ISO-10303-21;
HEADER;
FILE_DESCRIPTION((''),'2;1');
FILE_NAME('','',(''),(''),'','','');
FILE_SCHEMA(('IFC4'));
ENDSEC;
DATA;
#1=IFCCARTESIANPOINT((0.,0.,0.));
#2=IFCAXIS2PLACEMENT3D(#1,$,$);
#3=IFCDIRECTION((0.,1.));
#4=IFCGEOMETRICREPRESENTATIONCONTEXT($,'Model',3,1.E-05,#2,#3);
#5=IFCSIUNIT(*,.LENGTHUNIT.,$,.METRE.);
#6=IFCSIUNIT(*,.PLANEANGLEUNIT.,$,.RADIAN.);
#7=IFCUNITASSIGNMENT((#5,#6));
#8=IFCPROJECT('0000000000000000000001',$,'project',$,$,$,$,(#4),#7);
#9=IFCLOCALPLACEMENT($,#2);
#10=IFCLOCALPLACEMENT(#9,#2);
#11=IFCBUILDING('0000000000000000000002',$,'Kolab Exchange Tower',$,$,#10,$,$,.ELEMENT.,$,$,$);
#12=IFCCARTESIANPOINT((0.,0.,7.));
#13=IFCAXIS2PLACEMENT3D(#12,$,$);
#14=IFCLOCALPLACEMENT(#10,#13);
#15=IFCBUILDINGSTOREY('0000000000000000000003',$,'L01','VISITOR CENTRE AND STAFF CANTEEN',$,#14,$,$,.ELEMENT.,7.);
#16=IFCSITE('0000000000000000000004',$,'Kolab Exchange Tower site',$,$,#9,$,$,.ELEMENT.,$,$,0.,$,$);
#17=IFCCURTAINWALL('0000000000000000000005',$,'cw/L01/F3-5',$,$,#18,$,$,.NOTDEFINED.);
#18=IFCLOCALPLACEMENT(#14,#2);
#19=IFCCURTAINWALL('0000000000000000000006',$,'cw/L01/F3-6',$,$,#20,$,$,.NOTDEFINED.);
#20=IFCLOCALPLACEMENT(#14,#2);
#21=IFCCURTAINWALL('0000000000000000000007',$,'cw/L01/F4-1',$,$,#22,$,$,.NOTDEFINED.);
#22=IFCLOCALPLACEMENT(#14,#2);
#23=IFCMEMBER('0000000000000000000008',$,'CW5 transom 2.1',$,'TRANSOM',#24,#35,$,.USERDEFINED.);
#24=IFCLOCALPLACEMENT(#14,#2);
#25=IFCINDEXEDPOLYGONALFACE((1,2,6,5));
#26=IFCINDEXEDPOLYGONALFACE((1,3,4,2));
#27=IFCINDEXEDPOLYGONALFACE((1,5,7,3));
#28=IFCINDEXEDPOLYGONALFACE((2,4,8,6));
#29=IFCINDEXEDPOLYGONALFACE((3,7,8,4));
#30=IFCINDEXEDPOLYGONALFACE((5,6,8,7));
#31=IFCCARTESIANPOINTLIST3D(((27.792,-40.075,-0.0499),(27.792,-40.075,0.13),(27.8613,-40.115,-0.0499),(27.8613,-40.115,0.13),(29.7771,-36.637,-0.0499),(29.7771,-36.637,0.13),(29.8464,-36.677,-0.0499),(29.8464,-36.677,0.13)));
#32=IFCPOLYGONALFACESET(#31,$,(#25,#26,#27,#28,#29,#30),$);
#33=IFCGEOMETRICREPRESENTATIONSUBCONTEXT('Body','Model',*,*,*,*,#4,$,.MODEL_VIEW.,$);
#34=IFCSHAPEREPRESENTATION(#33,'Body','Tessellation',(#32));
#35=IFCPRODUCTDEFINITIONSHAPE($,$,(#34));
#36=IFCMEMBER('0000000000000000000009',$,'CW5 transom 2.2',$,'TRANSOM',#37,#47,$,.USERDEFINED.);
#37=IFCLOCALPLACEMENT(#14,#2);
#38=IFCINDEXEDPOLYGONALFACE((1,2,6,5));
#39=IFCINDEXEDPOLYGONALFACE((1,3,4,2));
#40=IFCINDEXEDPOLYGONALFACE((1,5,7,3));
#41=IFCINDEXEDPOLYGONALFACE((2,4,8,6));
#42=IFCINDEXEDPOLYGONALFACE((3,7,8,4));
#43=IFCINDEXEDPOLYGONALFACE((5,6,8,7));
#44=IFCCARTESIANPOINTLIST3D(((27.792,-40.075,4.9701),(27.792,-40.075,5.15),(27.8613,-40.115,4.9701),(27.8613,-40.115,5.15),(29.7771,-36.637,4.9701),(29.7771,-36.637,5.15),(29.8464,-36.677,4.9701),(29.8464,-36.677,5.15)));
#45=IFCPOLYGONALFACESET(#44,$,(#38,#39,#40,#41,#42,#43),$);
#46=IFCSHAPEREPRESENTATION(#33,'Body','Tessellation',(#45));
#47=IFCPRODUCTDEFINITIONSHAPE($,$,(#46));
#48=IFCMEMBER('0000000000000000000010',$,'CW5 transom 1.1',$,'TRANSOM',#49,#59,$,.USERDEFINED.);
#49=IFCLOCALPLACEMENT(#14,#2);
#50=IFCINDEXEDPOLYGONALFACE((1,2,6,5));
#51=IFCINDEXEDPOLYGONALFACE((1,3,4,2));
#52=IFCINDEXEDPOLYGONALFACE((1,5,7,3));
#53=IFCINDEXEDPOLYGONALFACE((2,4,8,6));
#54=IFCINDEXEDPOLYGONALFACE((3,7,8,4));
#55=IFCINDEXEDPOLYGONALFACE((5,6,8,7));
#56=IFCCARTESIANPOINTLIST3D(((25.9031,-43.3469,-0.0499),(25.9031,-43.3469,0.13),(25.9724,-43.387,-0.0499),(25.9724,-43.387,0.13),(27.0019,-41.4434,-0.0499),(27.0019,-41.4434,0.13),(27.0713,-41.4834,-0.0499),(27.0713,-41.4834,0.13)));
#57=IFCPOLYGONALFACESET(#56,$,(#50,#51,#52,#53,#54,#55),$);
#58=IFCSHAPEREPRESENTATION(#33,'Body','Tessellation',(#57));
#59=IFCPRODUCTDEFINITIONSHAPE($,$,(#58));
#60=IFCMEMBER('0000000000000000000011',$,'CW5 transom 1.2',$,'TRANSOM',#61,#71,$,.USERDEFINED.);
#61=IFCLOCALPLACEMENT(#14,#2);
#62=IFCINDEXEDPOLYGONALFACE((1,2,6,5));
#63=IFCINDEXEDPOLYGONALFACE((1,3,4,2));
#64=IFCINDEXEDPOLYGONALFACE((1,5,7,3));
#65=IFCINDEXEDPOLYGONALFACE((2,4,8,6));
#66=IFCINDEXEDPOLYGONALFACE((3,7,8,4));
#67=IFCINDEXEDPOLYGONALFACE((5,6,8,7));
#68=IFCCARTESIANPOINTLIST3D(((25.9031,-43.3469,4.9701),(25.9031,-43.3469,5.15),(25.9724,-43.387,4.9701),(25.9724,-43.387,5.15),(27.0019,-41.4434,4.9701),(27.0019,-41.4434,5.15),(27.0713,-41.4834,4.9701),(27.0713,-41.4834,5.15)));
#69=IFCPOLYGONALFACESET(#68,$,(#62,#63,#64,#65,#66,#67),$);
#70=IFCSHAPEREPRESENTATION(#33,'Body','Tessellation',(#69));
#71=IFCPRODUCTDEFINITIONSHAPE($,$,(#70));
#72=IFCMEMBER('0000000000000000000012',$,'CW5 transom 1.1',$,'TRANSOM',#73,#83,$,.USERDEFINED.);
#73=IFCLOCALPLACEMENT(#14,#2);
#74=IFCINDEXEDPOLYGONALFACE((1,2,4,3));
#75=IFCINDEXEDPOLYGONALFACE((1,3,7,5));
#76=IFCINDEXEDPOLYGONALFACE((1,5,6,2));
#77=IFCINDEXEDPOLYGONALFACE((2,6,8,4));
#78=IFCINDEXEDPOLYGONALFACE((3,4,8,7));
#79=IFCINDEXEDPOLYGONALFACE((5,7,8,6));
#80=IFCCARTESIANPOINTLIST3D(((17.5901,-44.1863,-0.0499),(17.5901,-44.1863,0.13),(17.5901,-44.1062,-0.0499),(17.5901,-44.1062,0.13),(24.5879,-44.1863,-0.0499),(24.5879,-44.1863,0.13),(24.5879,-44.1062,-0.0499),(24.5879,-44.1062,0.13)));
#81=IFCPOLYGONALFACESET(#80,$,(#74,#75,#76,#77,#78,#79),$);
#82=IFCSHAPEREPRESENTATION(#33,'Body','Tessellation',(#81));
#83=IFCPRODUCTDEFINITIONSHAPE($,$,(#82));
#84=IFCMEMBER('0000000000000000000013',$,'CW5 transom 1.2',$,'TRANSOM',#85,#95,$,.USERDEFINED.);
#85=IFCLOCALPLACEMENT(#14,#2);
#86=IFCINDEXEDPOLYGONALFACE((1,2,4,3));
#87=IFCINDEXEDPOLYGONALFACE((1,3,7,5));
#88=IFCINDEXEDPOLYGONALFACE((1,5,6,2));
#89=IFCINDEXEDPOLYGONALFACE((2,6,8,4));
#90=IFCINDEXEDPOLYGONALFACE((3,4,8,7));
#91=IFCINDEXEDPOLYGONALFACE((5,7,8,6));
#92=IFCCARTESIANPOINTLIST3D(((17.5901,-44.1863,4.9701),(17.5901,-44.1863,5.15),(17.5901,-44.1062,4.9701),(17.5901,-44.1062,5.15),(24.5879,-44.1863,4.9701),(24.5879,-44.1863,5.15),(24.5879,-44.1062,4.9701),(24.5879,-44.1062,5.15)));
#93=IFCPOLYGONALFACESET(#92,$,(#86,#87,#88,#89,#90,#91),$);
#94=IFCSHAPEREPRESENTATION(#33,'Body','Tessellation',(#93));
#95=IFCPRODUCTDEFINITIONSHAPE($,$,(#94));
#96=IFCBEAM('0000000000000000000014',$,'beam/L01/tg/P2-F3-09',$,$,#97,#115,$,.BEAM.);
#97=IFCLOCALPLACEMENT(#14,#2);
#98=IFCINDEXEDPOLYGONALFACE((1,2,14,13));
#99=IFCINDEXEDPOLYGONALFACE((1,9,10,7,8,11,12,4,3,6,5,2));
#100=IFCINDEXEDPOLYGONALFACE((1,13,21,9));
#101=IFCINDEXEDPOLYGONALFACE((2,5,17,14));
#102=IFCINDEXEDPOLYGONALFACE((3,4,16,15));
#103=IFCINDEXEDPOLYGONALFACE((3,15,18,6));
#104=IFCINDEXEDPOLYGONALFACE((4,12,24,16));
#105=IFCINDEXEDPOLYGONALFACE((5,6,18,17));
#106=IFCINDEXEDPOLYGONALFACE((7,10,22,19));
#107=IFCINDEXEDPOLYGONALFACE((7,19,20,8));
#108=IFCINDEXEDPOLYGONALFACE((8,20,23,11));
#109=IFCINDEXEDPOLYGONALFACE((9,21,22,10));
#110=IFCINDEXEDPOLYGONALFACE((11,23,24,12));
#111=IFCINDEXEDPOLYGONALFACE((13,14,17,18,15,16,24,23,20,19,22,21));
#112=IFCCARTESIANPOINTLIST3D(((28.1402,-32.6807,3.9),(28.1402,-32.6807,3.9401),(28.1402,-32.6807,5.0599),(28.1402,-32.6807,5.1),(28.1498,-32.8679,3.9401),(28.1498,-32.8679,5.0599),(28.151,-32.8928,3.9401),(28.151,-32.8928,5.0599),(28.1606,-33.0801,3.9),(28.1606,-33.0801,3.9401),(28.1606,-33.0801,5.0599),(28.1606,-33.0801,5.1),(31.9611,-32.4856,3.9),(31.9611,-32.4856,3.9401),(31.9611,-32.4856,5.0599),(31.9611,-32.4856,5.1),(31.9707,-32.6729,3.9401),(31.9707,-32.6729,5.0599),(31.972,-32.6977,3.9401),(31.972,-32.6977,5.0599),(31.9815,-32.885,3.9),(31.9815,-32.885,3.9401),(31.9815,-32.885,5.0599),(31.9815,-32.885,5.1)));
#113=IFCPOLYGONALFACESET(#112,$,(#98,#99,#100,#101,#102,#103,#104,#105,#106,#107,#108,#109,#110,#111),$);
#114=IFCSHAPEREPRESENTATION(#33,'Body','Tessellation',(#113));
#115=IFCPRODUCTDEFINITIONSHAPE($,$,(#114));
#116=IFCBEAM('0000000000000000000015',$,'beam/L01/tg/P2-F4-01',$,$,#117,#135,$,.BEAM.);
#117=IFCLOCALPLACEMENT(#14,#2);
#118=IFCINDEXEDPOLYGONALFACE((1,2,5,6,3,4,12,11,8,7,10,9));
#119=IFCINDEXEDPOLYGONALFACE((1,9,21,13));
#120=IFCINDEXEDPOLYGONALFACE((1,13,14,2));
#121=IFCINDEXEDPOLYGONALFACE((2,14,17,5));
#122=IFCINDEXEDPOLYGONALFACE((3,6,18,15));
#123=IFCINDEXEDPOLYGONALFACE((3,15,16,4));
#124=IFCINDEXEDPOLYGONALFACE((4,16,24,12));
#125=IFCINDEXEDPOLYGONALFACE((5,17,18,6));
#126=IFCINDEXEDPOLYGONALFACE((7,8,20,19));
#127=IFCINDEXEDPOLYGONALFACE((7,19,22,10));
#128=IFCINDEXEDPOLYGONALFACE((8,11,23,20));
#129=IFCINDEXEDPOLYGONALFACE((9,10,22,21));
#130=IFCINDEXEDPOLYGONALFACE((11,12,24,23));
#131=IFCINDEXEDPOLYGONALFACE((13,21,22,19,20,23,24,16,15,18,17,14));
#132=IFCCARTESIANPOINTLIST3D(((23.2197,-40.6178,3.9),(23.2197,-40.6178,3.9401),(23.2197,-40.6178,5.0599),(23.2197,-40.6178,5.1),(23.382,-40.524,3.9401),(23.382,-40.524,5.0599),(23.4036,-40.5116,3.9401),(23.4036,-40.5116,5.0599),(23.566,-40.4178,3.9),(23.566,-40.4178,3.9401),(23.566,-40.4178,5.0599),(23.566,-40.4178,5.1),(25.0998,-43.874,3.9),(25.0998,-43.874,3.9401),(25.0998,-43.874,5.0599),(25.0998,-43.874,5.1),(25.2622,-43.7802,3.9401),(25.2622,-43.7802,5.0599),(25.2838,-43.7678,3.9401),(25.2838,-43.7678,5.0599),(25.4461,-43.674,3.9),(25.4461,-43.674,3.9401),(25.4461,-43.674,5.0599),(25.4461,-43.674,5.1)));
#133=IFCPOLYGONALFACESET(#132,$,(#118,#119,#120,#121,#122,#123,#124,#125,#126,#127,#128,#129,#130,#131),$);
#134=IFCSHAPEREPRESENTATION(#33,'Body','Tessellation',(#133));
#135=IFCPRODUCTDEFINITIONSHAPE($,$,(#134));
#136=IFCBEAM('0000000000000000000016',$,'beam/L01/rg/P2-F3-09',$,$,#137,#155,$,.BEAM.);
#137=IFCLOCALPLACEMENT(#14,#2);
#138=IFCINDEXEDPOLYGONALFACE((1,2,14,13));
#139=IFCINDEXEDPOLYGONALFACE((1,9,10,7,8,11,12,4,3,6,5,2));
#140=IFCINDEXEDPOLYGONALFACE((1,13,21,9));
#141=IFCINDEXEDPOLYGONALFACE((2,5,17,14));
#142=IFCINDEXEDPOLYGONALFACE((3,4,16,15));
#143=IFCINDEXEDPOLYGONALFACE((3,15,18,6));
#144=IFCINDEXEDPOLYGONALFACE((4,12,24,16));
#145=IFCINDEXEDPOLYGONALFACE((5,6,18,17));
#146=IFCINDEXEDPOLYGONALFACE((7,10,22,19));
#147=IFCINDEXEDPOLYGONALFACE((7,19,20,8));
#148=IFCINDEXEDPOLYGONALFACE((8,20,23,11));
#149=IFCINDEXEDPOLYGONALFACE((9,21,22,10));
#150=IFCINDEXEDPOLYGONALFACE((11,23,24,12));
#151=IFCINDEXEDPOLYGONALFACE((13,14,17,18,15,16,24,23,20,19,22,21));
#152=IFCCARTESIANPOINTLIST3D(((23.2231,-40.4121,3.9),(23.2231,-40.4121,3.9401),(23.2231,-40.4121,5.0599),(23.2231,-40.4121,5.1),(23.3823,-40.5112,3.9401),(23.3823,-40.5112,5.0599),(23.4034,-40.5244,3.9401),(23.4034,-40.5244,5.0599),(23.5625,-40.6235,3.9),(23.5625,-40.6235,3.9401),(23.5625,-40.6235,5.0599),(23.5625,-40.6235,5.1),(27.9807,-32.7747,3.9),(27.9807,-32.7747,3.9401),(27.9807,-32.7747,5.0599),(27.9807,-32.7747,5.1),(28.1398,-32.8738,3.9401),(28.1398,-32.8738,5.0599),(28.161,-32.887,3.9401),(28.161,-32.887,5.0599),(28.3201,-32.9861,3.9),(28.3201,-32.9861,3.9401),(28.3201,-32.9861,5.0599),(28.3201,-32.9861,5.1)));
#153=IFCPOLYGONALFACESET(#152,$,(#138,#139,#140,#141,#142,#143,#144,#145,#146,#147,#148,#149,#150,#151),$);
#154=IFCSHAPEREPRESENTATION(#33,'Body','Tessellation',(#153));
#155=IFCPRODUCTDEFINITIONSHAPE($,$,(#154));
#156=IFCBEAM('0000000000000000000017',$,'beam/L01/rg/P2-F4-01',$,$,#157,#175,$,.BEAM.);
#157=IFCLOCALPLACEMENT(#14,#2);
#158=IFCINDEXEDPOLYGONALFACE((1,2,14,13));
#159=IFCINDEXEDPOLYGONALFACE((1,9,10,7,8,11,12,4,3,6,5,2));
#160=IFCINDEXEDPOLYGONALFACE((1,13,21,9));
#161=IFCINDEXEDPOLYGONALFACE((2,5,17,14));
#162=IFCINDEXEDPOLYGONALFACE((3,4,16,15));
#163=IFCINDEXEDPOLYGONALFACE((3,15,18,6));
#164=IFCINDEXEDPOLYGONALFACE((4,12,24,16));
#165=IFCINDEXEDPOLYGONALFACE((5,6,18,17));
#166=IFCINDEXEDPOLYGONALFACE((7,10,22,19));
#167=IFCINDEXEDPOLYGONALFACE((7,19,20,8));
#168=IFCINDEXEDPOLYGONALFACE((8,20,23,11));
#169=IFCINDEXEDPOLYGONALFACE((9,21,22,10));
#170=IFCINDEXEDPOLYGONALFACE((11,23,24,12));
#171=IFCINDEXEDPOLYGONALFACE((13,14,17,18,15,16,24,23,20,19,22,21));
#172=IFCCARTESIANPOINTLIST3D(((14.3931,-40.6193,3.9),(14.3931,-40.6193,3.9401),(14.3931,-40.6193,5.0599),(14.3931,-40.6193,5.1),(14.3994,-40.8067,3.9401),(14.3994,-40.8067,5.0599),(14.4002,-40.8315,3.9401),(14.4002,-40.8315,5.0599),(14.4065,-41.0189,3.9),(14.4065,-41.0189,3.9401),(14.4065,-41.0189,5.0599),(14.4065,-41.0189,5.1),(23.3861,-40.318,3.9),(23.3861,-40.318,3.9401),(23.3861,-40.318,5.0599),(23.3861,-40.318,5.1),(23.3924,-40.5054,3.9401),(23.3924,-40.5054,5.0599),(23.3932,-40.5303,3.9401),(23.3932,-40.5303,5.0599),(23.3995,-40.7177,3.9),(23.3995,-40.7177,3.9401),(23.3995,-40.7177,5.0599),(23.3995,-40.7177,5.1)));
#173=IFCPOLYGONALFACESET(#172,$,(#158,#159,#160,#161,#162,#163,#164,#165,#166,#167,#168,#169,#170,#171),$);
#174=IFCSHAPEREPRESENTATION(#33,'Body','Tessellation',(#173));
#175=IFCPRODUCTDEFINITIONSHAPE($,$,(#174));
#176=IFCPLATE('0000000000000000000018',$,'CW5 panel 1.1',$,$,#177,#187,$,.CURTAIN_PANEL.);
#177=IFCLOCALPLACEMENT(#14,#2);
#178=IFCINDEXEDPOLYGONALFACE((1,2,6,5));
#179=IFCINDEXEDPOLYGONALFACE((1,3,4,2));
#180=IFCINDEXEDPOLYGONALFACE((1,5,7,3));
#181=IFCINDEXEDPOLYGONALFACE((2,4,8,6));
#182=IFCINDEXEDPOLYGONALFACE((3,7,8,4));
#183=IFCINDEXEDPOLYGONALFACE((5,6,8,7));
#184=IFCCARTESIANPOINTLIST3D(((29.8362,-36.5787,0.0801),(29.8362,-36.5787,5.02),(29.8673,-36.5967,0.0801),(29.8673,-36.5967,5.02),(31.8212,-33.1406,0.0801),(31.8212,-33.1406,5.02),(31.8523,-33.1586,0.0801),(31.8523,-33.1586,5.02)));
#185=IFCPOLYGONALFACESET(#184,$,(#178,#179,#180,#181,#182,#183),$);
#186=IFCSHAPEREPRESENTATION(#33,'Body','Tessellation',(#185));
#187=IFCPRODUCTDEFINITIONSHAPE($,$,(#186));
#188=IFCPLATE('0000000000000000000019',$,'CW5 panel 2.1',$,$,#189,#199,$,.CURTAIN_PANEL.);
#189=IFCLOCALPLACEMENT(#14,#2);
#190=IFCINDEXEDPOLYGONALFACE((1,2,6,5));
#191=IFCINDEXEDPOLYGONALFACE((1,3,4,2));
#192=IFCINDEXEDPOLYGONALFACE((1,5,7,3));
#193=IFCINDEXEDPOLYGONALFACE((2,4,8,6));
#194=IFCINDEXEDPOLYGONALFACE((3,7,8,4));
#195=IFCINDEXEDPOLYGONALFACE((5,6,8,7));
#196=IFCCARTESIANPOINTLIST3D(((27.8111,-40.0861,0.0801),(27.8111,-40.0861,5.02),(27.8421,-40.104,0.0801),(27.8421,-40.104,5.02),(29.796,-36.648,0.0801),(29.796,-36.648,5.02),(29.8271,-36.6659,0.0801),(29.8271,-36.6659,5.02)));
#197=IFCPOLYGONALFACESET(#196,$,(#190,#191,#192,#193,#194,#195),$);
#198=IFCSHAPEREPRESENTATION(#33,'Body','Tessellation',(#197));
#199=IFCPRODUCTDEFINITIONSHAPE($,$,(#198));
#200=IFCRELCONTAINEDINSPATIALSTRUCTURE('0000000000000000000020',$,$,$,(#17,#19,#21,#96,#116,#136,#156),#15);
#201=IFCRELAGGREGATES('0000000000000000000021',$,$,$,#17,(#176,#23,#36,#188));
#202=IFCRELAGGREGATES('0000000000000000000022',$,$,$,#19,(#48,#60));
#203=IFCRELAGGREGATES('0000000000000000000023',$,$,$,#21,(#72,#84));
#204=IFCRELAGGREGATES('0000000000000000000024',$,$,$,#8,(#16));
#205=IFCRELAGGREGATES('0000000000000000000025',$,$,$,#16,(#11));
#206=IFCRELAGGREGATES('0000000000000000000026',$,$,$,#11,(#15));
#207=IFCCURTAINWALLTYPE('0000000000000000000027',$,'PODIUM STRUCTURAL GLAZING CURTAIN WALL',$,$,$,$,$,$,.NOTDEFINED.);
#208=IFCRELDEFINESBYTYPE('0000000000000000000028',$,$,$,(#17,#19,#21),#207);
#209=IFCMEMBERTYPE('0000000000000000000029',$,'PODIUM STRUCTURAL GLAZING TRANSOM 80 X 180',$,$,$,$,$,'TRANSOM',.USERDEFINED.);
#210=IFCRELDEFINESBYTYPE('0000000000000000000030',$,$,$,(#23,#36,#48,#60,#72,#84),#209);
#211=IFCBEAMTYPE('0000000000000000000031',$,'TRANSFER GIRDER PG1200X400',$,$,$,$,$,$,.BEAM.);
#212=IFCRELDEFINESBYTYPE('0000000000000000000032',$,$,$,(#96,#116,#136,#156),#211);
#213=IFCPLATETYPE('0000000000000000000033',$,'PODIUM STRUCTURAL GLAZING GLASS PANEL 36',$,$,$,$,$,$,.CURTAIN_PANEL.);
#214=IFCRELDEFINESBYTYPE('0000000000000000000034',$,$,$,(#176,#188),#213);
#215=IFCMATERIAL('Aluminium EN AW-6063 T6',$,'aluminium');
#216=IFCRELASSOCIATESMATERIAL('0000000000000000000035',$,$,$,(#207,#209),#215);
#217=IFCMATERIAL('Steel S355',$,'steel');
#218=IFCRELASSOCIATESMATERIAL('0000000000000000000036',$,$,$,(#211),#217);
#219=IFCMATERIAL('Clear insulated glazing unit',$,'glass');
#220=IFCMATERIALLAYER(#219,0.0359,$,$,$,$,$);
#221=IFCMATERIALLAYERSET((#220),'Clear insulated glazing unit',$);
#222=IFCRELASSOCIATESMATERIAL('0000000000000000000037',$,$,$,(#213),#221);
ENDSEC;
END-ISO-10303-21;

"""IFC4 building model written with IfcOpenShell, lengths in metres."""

from ifc_helpers import new_model, si_unit, direction, frame, origin, origin_2d, place, context, subcontext, project, spatial, rectangle, i_section, extrude, material, layer, layer_set, material_profile, profile_set, type_object, element, aggregate, save


model = new_model("IFC4")

# Units and contexts
model_context = context("Model", 3, precision=1e-05, world=origin(), true_north=direction((0.0, 1.0)))
body_context = subcontext(model_context, "Body", "Model", "MODEL_VIEW")
ifc_project = project(units=[si_unit("LENGTHUNIT", "METRE"), si_unit("PLANEANGLEUNIT", "RADIAN")], contexts=[model_context])

# Site, building, storey
site_placement = place(None, origin())
site = spatial("IfcSite", under=ifc_project, at=site_placement, Name="Kolab Exchange Tower site", CompositionType="ELEMENT", RefElevation=0.0)
building_placement = place(site_placement, origin())
building = spatial("IfcBuilding", under=site, at=building_placement, Name="Kolab Exchange Tower", CompositionType="ELEMENT")
storey_placement = place(building_placement, frame((0.0, 0.0, 7.0)))
storey = spatial("IfcBuildingStorey", under=building, at=storey_placement, Name="L01", Description="VISITOR CENTRE AND STAFF CANTEEN", CompositionType="ELEMENT", Elevation=7.0)

# Shared definitions
ifc_material_1 = material(Name="Steel S355", Category="steel")

# Curtain walls
ifc_material_2 = material(Name="Aluminium EN AW-6063 T6", Category="aluminium")
curtain_wall_type = type_object("IfcCurtainWallType", Name="PODIUM STRUCTURAL GLAZING CURTAIN WALL", PredefinedType="NOTDEFINED", material=ifc_material_2)
curtain_wall_1_placement = place(storey_placement, origin())
curtain_wall_1 = element("IfcCurtainWall", 1, at=curtain_wall_1_placement, inside=storey, type_object=curtain_wall_type, Name="cw/L01/F3-5", PredefinedType="NOTDEFINED")
curtain_wall_2_placement = place(storey_placement, origin())
curtain_wall_2 = element("IfcCurtainWall", 2, at=curtain_wall_2_placement, inside=storey, type_object=curtain_wall_type, Name="cw/L01/F3-6", PredefinedType="NOTDEFINED")

# Curtain wall
curtain_wall_3_placement = place(storey_placement, origin())
curtain_wall_3 = element("IfcCurtainWall", 3, at=curtain_wall_3_placement, inside=storey, type_object=curtain_wall_type, Name="cw/L01/F4-1", PredefinedType="NOTDEFINED")

# Members
ifc_material_profile_1 = material_profile(ifc_material_2, rectangle(XDim=0.0801, YDim=0.1799, at=origin_2d()), Name="RECT 80X180")
ifc_profile_set_1 = profile_set([ifc_material_profile_1], Name="Aluminium EN AW-6063 T6")
member_type_1 = type_object("IfcMemberType", Name="PODIUM STRUCTURAL GLAZING TRANSOM 80 X 180", ElementType="TRANSOM", PredefinedType="USERDEFINED", material=ifc_profile_set_1)
member_1_placement = place(storey_placement, frame((29.8118, -36.657, 0.04), z_axis=(-0.500035, -0.866005, 0.0), x_axis=(0.866005, -0.500035, 0.0)))
member_1 = element("IfcMember", 4, at=member_1_placement, type_object=member_type_1, Name="CW5 transom 2.1", ObjectType="TRANSOM", PredefinedType="USERDEFINED", context=body_context, shape_type="SweptSolid", body=[
    extrude(rectangle(XDim=0.0801, YDim=0.1799, at=origin_2d()), origin(), (0.0, 0.0, 1.0), 3.97),
])
member_2_placement = place(storey_placement, frame((29.8118, -36.657, 5.0601), z_axis=(-0.500035, -0.866005, 0.0), x_axis=(0.866005, -0.500035, 0.0)))
member_2 = element("IfcMember", 5, at=member_2_placement, type_object=member_type_1, Name="CW5 transom 2.2", ObjectType="TRANSOM", PredefinedType="USERDEFINED", context=body_context, shape_type="SweptSolid", body=[
    extrude(rectangle(XDim=0.0801, YDim=0.1799, at=origin_2d()), origin(), (0.0, 0.0, 1.0), 3.97),
])
member_3_placement = place(storey_placement, frame((27.0366, -41.4634, 0.04), z_axis=(-0.49995, -0.866054, 0.0), x_axis=(0.866054, -0.49995, 0.0)))
member_3 = element("IfcMember", 6, at=member_3_placement, type_object=member_type_1, Name="CW5 transom 1.1", ObjectType="TRANSOM", PredefinedType="USERDEFINED", context=body_context, shape_type="SweptSolid", body=[
    extrude(rectangle(XDim=0.0801, YDim=0.1799, at=origin_2d()), origin(), (0.0, 0.0, 1.0), 2.198),
])
member_4_placement = place(storey_placement, frame((27.0366, -41.4634, 5.0601), z_axis=(-0.49995, -0.866054, 0.0), x_axis=(0.866054, -0.49995, 0.0)))
member_4 = element("IfcMember", 7, at=member_4_placement, type_object=member_type_1, Name="CW5 transom 1.2", ObjectType="TRANSOM", PredefinedType="USERDEFINED", context=body_context, shape_type="SweptSolid", body=[
    extrude(rectangle(XDim=0.0801, YDim=0.1799, at=origin_2d()), origin(), (0.0, 0.0, 1.0), 2.198),
])
member_5_placement = place(storey_placement, frame((24.5879, -44.1462, 0.04), z_axis=(-1.0, 0.0, 0.0), x_axis=(0.0, -1.0, 0.0)))
member_5 = element("IfcMember", 8, at=member_5_placement, type_object=member_type_1, Name="CW5 transom 1.1", ObjectType="TRANSOM", PredefinedType="USERDEFINED", context=body_context, shape_type="SweptSolid", body=[
    extrude(rectangle(XDim=0.0801, YDim=0.1799, at=origin_2d()), origin(), (0.0, 0.0, 1.0), 6.9978),
])
member_6_placement = place(storey_placement, frame((24.5879, -44.1462, 5.0601), z_axis=(-1.0, 0.0, 0.0), x_axis=(0.0, -1.0, 0.0)))
member_6 = element("IfcMember", 9, at=member_6_placement, type_object=member_type_1, Name="CW5 transom 1.2", ObjectType="TRANSOM", PredefinedType="USERDEFINED", context=body_context, shape_type="SweptSolid", body=[
    extrude(rectangle(XDim=0.0801, YDim=0.1799, at=origin_2d()), origin(), (0.0, 0.0, 1.0), 6.9978),
])

# Beams
ifc_material_profile_2 = material_profile(ifc_material_1, i_section(OverallWidth=0.3999, OverallDepth=1.2, WebThickness=0.0249, FlangeThickness=0.04, at=origin_2d()), Name="PG1200X400")
ifc_profile_set_2 = profile_set([ifc_material_profile_2], Name="Steel S355")
beam_type_1 = type_object("IfcBeamType", Name="TRANSFER GIRDER PG1200X400", PredefinedType="BEAM", material=ifc_profile_set_2)
beam_1_placement = place(storey_placement, frame((28.1504, -32.8804, 4.5), z_axis=(0.998699, 0.050985, 0.0), x_axis=(-0.050985, 0.998699, 0.0)))
element("IfcBeam", 10, at=beam_1_placement, inside=storey, type_object=beam_type_1, Name="beam/L01/tg/P2-F3-09", PredefinedType="BEAM", context=body_context, shape_type="SweptSolid", body=[
    extrude(i_section(OverallWidth=0.3999, OverallDepth=1.2, WebThickness=0.0249, FlangeThickness=0.04, at=origin_2d()), origin(), (0.0, 0.0, 1.0), 3.8259),
])
beam_2_placement = place(storey_placement, frame((23.3928, -40.5178, 4.5), z_axis=(0.500043, -0.866001, 0.0), x_axis=(0.866001, 0.500043, 0.0)))
element("IfcBeam", 11, at=beam_2_placement, inside=storey, type_object=beam_type_1, Name="beam/L01/tg/P2-F4-01", PredefinedType="BEAM", context=body_context, shape_type="SweptSolid", body=[
    extrude(i_section(OverallWidth=0.3999, OverallDepth=1.2, WebThickness=0.0249, FlangeThickness=0.04, at=origin_2d()), origin(), (0.0, 0.0, 1.0), 3.76),
])
for number, where, z_axis, x_axis, name in (
    (12, (28.1504, -32.8804, 4.5), (-0.528733, -0.848788, 0.0), (0.848788, -0.528733, 0.0), "beam/L01/rg/P2-F3-09"),
    (13, (23.3928, -40.5178, 4.5), (-0.999439, -0.033482, 0.0), (0.033482, -0.999439, 0.0), "beam/L01/rg/P2-F4-01"),
):
    element("IfcBeam", number, at=place(storey_placement, frame(where, z_axis=z_axis, x_axis=x_axis)), inside=storey, type_object=beam_type_1, Name=name, PredefinedType="BEAM", context=body_context, shape_type="SweptSolid", body=[
        extrude(i_section(OverallWidth=0.3999, OverallDepth=1.2, WebThickness=0.0249, FlangeThickness=0.04, at=origin_2d()), origin(), (0.0, 0.0, 1.0), 8.998),
    ])

# Plates
ifc_material_3 = material(Name="Clear insulated glazing unit", Category="glass")
ifc_layer_1 = layer(ifc_material_3, 0.0359)
ifc_layer_set_1 = layer_set([ifc_layer_1], Name="Clear insulated glazing unit")
plate_type = type_object("IfcPlateType", Name="PODIUM STRUCTURAL GLAZING GLASS PANEL 36", PredefinedType="CURTAIN_PANEL", material=ifc_layer_set_1)
plate_1_placement = place(storey_placement, frame((30.8442, -34.8687, 0.0801), z_axis=(0.0, 0.0, 1.0), x_axis=(-0.5, -0.866025, 0.0)))
plate_1 = element("IfcPlate", 14, at=plate_1_placement, type_object=plate_type, Name="CW5 panel 1.1", PredefinedType="CURTAIN_PANEL", context=body_context, shape_type="SweptSolid", body=[
    extrude(rectangle(XDim=3.97, YDim=0.0359, at=origin_2d()), origin(), (0.0, 0.0, 1.0), 4.9399),
])
plate_2_placement = place(storey_placement, frame((28.8191, -38.376, 0.0801), z_axis=(0.0, 0.0, 1.0), x_axis=(-0.5, -0.866025, 0.0)))
plate_2 = element("IfcPlate", 15, at=plate_2_placement, type_object=plate_type, Name="CW5 panel 2.1", PredefinedType="CURTAIN_PANEL", context=body_context, shape_type="SweptSolid", body=[
    extrude(rectangle(XDim=3.97, YDim=0.0359, at=origin_2d()), origin(), (0.0, 0.0, 1.0), 4.9399),
])
aggregate(curtain_wall_1, [plate_1, member_1, member_2, plate_2])
aggregate(curtain_wall_2, [member_3, member_4])
aggregate(curtain_wall_3, [member_5, member_6])

save(model, "model.ifc")
